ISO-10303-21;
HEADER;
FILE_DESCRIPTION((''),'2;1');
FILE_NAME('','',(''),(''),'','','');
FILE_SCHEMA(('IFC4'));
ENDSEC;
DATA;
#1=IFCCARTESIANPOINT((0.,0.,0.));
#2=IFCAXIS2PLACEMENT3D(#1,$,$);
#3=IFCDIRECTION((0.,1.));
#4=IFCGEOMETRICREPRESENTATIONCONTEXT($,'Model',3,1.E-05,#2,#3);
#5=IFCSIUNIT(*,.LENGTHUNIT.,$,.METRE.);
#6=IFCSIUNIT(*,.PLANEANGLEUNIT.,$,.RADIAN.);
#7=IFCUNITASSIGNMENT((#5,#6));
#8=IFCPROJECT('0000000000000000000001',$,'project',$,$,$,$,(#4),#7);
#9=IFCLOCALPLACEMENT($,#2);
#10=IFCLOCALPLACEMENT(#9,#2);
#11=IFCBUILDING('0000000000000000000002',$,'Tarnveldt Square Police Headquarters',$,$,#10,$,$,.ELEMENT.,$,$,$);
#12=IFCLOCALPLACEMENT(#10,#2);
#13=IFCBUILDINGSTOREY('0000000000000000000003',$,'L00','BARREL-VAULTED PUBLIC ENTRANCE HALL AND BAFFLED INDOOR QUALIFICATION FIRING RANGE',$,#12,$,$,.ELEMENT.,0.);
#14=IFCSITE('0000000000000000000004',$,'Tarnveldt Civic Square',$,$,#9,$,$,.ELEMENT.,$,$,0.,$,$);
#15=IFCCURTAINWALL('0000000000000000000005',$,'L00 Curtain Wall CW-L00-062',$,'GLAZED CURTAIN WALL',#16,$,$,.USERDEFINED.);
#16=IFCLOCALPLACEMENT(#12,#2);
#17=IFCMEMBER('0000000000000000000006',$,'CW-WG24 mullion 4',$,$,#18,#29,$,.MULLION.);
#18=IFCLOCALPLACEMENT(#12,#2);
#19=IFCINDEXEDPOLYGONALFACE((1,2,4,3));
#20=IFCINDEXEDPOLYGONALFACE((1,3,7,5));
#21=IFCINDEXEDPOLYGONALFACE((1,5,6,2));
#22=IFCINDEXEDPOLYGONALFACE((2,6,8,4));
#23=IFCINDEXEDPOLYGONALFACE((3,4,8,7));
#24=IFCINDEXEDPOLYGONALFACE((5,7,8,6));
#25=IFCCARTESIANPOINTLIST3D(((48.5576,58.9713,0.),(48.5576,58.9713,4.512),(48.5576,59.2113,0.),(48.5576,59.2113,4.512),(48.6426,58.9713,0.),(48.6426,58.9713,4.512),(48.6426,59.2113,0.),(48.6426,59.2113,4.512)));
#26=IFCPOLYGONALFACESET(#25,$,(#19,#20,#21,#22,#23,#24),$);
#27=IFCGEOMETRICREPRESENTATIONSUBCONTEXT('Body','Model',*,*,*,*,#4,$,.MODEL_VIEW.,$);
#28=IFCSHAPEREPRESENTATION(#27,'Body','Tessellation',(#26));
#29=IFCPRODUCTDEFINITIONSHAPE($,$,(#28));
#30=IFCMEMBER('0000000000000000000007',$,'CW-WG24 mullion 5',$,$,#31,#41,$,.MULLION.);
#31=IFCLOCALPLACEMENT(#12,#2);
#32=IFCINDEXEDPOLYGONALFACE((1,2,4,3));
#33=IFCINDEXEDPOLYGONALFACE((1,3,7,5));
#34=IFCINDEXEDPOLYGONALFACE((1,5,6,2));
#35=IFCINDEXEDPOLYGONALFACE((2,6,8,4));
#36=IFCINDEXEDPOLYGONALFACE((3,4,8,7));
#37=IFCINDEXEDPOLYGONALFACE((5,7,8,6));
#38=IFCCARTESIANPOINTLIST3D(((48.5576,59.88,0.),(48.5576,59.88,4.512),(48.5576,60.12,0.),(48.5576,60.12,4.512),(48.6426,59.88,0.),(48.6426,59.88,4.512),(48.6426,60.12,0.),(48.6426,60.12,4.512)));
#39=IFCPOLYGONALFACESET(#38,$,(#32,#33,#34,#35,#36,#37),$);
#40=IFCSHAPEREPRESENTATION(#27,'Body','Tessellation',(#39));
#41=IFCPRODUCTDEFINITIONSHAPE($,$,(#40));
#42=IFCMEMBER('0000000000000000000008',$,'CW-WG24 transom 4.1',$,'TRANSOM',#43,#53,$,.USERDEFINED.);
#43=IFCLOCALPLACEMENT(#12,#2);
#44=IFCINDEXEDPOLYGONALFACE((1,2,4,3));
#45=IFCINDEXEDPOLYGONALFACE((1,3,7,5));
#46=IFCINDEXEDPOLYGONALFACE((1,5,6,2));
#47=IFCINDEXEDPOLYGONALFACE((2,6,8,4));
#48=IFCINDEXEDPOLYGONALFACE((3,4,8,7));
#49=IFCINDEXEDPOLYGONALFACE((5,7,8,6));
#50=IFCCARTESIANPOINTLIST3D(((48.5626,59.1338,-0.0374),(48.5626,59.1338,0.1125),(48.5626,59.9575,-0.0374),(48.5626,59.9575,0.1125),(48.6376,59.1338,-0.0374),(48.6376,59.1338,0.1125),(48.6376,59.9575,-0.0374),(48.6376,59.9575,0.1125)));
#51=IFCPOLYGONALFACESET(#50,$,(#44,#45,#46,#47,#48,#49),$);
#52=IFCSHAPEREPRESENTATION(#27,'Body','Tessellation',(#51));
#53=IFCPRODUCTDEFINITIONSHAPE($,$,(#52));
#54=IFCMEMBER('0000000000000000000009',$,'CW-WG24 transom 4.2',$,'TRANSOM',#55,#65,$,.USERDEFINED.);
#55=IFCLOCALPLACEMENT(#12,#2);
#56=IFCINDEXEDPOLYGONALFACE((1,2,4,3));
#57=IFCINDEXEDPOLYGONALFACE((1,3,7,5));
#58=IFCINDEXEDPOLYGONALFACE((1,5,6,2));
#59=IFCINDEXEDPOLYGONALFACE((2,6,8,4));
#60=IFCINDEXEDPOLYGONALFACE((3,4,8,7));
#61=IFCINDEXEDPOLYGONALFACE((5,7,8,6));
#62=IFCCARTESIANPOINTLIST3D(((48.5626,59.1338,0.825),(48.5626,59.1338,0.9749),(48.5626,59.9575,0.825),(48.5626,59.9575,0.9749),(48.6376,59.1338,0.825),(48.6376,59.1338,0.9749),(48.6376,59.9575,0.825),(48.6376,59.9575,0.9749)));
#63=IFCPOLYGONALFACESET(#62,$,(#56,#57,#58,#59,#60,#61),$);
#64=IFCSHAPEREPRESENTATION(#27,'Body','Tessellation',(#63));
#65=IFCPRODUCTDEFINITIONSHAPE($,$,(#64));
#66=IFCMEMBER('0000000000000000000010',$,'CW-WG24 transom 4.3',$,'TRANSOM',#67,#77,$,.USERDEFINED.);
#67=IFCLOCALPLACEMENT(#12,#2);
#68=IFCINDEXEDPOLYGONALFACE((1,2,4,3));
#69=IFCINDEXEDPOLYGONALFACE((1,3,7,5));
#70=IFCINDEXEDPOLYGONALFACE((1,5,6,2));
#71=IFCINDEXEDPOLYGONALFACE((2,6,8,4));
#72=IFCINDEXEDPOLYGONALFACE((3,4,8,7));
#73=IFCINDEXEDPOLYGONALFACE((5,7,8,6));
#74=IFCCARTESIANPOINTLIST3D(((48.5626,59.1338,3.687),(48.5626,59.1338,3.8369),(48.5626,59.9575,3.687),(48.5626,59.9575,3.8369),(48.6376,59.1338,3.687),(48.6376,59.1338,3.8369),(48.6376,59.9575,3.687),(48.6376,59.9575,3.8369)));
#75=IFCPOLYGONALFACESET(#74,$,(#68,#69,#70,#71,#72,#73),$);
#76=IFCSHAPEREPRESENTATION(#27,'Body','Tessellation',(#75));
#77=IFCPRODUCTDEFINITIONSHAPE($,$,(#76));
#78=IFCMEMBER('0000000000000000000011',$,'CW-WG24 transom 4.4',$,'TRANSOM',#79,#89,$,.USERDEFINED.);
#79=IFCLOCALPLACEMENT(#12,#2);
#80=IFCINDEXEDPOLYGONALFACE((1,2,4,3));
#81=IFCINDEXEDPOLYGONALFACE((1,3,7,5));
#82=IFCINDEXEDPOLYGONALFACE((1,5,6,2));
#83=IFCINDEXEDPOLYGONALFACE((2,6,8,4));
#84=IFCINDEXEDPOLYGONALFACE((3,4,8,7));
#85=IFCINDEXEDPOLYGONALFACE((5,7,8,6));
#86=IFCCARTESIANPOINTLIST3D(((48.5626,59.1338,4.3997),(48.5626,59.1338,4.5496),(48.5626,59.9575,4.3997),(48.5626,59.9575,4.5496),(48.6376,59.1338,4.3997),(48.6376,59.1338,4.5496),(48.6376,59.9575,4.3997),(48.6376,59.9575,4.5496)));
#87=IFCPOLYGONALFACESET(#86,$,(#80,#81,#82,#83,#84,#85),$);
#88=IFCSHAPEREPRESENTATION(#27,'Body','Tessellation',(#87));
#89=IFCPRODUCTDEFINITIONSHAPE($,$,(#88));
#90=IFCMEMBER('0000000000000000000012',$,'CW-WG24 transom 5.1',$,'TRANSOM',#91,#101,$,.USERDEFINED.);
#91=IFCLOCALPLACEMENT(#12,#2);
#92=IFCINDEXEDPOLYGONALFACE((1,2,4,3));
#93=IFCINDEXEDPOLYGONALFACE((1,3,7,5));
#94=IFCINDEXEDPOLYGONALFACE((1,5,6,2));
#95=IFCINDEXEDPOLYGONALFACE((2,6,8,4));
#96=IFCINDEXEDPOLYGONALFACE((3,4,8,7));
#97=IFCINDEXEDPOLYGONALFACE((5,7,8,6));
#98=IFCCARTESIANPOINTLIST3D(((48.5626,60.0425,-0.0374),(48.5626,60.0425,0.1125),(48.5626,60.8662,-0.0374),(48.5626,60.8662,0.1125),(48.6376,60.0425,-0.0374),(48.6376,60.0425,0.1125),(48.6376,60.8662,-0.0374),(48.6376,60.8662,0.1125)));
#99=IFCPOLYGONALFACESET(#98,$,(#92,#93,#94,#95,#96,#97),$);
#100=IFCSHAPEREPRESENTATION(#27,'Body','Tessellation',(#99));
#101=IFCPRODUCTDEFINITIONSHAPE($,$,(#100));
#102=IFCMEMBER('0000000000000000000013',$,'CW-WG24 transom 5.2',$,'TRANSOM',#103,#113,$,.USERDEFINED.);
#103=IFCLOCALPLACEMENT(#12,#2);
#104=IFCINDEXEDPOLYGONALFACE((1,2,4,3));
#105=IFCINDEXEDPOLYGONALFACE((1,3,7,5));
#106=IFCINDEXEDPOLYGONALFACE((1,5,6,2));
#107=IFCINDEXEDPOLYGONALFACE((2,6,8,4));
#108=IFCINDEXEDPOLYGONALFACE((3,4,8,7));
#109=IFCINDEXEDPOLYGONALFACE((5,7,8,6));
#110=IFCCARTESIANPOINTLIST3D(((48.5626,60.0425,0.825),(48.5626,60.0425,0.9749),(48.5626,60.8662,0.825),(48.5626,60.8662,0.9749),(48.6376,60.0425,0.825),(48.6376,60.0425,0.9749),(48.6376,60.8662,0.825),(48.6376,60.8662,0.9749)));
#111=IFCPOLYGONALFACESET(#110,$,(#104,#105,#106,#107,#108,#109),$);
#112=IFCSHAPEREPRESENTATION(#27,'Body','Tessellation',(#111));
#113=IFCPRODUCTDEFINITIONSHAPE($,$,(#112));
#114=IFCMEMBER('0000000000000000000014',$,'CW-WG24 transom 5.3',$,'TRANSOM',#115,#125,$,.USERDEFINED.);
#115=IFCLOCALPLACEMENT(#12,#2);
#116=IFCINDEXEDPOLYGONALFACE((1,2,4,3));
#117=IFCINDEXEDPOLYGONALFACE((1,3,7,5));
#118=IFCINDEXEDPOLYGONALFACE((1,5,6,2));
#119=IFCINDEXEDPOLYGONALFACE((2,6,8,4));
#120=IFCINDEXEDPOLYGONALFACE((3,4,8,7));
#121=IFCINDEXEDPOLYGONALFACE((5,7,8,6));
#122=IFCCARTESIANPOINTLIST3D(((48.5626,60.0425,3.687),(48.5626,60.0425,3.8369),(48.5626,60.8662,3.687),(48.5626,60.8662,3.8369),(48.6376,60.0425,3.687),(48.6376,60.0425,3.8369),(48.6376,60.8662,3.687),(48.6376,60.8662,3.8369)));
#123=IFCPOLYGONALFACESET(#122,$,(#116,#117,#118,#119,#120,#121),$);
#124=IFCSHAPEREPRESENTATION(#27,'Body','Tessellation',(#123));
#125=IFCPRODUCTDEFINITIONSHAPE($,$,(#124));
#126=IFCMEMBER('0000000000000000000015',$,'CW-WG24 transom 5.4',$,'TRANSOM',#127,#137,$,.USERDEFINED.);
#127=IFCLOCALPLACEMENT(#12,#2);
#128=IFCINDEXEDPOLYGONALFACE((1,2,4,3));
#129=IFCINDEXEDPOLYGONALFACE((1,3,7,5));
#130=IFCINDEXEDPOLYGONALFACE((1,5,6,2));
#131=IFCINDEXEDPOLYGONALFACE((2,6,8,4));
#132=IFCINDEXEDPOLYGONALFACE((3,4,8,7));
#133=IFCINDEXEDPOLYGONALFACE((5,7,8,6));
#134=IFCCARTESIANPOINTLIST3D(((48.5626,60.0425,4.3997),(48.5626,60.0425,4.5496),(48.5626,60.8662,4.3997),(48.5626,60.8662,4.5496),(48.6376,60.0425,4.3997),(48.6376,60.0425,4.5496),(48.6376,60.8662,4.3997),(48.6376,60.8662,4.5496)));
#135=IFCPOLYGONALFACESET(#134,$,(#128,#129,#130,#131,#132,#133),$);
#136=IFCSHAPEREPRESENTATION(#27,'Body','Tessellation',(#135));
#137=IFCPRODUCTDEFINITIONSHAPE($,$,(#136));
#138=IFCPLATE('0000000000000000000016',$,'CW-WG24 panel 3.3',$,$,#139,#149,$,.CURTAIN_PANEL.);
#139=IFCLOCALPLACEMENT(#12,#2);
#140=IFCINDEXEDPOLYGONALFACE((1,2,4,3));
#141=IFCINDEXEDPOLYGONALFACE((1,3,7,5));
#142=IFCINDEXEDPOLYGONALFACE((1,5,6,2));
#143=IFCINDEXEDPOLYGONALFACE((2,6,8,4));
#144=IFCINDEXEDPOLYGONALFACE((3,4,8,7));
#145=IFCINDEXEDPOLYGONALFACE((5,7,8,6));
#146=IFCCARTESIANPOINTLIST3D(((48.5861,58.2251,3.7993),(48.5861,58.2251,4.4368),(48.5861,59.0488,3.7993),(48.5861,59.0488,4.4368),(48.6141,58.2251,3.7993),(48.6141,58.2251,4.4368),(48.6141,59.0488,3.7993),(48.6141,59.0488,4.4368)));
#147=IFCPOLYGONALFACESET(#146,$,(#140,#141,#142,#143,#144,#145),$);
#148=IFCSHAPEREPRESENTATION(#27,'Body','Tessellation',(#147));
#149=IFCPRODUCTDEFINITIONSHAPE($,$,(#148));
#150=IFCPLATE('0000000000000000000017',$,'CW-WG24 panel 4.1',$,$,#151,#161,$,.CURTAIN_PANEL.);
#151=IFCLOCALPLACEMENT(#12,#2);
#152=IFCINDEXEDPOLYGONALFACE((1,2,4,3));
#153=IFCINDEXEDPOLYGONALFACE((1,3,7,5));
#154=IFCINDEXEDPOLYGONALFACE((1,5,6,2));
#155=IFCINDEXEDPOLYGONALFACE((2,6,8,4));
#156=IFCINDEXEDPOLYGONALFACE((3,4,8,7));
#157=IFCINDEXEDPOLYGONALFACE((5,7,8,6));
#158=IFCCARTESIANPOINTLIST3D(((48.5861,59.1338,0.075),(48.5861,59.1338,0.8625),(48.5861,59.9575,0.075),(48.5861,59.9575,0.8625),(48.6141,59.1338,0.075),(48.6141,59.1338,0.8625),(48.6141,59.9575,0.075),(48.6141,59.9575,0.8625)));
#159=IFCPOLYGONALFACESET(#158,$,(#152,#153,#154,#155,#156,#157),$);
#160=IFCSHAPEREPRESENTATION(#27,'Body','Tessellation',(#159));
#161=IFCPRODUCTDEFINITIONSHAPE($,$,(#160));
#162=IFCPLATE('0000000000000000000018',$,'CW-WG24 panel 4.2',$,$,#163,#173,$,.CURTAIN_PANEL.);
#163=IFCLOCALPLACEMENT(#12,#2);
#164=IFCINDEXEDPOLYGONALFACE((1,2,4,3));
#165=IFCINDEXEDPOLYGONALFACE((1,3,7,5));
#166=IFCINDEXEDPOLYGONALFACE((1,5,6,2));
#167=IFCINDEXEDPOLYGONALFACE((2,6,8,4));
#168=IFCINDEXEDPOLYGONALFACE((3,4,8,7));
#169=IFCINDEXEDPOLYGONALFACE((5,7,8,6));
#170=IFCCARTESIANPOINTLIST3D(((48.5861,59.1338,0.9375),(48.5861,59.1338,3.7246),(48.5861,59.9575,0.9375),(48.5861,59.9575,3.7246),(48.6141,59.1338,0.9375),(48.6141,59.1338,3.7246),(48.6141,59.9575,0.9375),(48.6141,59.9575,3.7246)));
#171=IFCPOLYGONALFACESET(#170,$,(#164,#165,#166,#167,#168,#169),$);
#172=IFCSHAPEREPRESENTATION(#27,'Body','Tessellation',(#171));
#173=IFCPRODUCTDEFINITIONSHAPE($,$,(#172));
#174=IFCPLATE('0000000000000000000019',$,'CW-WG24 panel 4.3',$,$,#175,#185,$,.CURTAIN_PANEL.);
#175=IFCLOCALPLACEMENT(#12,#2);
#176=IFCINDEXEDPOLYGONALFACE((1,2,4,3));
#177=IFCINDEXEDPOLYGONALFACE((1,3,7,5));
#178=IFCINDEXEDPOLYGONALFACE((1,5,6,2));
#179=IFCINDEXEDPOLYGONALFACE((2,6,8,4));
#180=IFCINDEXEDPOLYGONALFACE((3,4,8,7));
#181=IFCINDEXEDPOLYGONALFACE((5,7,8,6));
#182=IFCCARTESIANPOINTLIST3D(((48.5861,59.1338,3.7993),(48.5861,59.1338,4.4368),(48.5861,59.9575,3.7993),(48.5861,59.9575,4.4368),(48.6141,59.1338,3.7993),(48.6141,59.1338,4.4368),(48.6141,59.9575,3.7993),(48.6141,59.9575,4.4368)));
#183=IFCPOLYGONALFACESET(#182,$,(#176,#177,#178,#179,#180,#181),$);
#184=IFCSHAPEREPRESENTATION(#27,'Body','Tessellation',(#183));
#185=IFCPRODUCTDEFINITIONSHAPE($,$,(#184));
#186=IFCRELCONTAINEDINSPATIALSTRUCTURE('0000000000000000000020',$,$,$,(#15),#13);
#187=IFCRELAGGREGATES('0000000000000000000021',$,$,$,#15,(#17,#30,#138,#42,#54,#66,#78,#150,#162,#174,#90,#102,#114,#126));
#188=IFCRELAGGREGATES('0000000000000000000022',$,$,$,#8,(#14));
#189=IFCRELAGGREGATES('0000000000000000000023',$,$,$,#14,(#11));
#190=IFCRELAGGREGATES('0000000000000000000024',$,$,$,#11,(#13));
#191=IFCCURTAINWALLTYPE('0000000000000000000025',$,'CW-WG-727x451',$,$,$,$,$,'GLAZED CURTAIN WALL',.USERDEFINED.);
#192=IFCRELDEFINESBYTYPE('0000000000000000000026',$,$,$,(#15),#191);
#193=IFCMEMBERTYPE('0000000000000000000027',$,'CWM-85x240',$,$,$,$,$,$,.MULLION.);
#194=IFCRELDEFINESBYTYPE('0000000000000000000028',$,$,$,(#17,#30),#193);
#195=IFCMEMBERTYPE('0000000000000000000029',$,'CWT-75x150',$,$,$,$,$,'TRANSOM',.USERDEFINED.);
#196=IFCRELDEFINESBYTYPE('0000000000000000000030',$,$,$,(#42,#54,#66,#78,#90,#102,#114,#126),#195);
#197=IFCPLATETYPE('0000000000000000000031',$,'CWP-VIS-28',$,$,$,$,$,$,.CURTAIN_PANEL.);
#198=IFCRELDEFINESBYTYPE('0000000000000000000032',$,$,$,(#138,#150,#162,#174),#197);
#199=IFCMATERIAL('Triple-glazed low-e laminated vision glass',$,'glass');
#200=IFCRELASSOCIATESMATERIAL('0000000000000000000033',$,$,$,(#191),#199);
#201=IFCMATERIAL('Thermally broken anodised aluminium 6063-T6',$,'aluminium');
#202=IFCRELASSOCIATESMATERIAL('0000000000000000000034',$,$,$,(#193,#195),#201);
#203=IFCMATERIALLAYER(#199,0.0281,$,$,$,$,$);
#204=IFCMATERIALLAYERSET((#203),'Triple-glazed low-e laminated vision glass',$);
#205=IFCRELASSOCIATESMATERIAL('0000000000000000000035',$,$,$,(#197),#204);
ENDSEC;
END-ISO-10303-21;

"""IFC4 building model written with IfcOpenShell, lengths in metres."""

from ifc_helpers import new_model, si_unit, direction, frame, origin, origin_2d, place, context, subcontext, project, spatial, rectangle, extrude, material, layer, layer_set, material_profile, profile_set, type_object, element, aggregate, save


model = new_model("IFC4")

# Units and contexts
model_context = context("Model", 3, precision=1e-05, world=origin(), true_north=direction((0.0, 1.0)))
body_context = subcontext(model_context, "Body", "Model", "MODEL_VIEW")
ifc_project = project(units=[si_unit("LENGTHUNIT", "METRE"), si_unit("PLANEANGLEUNIT", "RADIAN")], contexts=[model_context])

# Site, building, storey
site_placement = place(None, origin())
site = spatial("IfcSite", under=ifc_project, at=site_placement, Name="Tarnveldt Civic Square", CompositionType="ELEMENT", RefElevation=0.0)
building_placement = place(site_placement, origin())
building = spatial("IfcBuilding", under=site, at=building_placement, Name="Tarnveldt Square Police Headquarters", CompositionType="ELEMENT")
storey_placement = place(building_placement, origin())
storey = spatial("IfcBuildingStorey", under=building, at=storey_placement, Name="L00", Description="BARREL-VAULTED PUBLIC ENTRANCE HALL AND BAFFLED INDOOR QUALIFICATION FIRING RANGE", CompositionType="ELEMENT", Elevation=0.0)

# Curtain wall, members, plates
ifc_material_1 = material(Name="Triple-glazed low-e laminated vision glass", Category="glass")
curtain_wall_type = type_object("IfcCurtainWallType", Name="CW-WG-727x451", ElementType="GLAZED CURTAIN WALL", PredefinedType="USERDEFINED", material=ifc_material_1)
curtain_wall_placement = place(storey_placement, origin())
curtain_wall = element("IfcCurtainWall", 1, at=curtain_wall_placement, inside=storey, type_object=curtain_wall_type, Name="L00 Curtain Wall CW-L00-062", ObjectType="GLAZED CURTAIN WALL", PredefinedType="USERDEFINED")
ifc_material_2 = material(Name="Thermally broken anodised aluminium 6063-T6", Category="aluminium")
ifc_material_profile_1 = material_profile(ifc_material_2, rectangle(XDim=0.085, YDim=0.24, at=origin_2d()), Name="CW-M85x240")
ifc_profile_set_1 = profile_set([ifc_material_profile_1], Name="Thermally broken anodised aluminium 6063-T6")
member_type_1 = type_object("IfcMemberType", Name="CWM-85x240", PredefinedType="MULLION", material=ifc_profile_set_1)
member_1_placement = place(storey_placement, frame((48.6001, 59.0913, 0.0), z_axis=(0.0, 0.0, 1.0), x_axis=(-1.0, 0.0, 0.0)))
member_1 = element("IfcMember", 2, at=member_1_placement, type_object=member_type_1, Name="CW-WG24 mullion 4", PredefinedType="MULLION", context=body_context, shape_type="SweptSolid", body=[
    extrude(rectangle(XDim=0.085, YDim=0.24, at=origin_2d()), origin(), (0.0, 0.0, 1.0), 4.512),
])
member_2_placement = place(storey_placement, frame((48.6001, 60.0, 0.0), z_axis=(0.0, 0.0, 1.0), x_axis=(-1.0, 0.0, 0.0)))
member_2 = element("IfcMember", 3, at=member_2_placement, type_object=member_type_1, Name="CW-WG24 mullion 5", PredefinedType="MULLION", context=body_context, shape_type="SweptSolid", body=[
    extrude(rectangle(XDim=0.085, YDim=0.24, at=origin_2d()), origin(), (0.0, 0.0, 1.0), 4.512),
])
ifc_material_profile_2 = material_profile(ifc_material_2, rectangle(XDim=0.075, YDim=0.1499, at=origin_2d()), Name="CW-T75x150")
ifc_profile_set_2 = profile_set([ifc_material_profile_2], Name="Thermally broken anodised aluminium 6063-T6")
member_type_2 = type_object("IfcMemberType", Name="CWT-75x150", ElementType="TRANSOM", PredefinedType="USERDEFINED", material=ifc_profile_set_2)
member_3_placement = place(storey_placement, frame((48.6001, 59.1338, 0.0376), z_axis=(0.0, 1.0, 0.0), x_axis=(-1.0, 0.0, 0.0)))
member_3 = element("IfcMember", 4, at=member_3_placement, type_object=member_type_2, Name="CW-WG24 transom 4.1", ObjectType="TRANSOM", PredefinedType="USERDEFINED", context=body_context, shape_type="SweptSolid", body=[
    extrude(rectangle(XDim=0.075, YDim=0.1499, at=origin_2d()), origin(), (0.0, 0.0, 1.0), 0.8237),
])
member_4_placement = place(storey_placement, frame((48.6001, 59.1338, 0.8999), z_axis=(0.0, 1.0, 0.0), x_axis=(-1.0, 0.0, 0.0)))
member_4 = element("IfcMember", 5, at=member_4_placement, type_object=member_type_2, Name="CW-WG24 transom 4.2", ObjectType="TRANSOM", PredefinedType="USERDEFINED", context=body_context, shape_type="SweptSolid", body=[
    extrude(rectangle(XDim=0.075, YDim=0.1499, at=origin_2d()), origin(), (0.0, 0.0, 1.0), 0.8237),
])
member_5_placement = place(storey_placement, frame((48.6001, 59.1338, 3.762), z_axis=(0.0, 1.0, 0.0), x_axis=(-1.0, 0.0, 0.0)))
member_5 = element("IfcMember", 6, at=member_5_placement, type_object=member_type_2, Name="CW-WG24 transom 4.3", ObjectType="TRANSOM", PredefinedType="USERDEFINED", context=body_context, shape_type="SweptSolid", body=[
    extrude(rectangle(XDim=0.075, YDim=0.1499, at=origin_2d()), origin(), (0.0, 0.0, 1.0), 0.8237),
])
member_6_placement = place(storey_placement, frame((48.6001, 59.1338, 4.4746), z_axis=(0.0, 1.0, 0.0), x_axis=(-1.0, 0.0, 0.0)))
member_6 = element("IfcMember", 7, at=member_6_placement, type_object=member_type_2, Name="CW-WG24 transom 4.4", ObjectType="TRANSOM", PredefinedType="USERDEFINED", context=body_context, shape_type="SweptSolid", body=[
    extrude(rectangle(XDim=0.075, YDim=0.1499, at=origin_2d()), origin(), (0.0, 0.0, 1.0), 0.8237),
])
member_7_placement = place(storey_placement, frame((48.6001, 60.0425, 0.0376), z_axis=(0.0, 1.0, 0.0), x_axis=(-1.0, 0.0, 0.0)))
member_7 = element("IfcMember", 8, at=member_7_placement, type_object=member_type_2, Name="CW-WG24 transom 5.1", ObjectType="TRANSOM", PredefinedType="USERDEFINED", context=body_context, shape_type="SweptSolid", body=[
    extrude(rectangle(XDim=0.075, YDim=0.1499, at=origin_2d()), origin(), (0.0, 0.0, 1.0), 0.8237),
])
member_8_placement = place(storey_placement, frame((48.6001, 60.0425, 0.8999), z_axis=(0.0, 1.0, 0.0), x_axis=(-1.0, 0.0, 0.0)))
member_8 = element("IfcMember", 9, at=member_8_placement, type_object=member_type_2, Name="CW-WG24 transom 5.2", ObjectType="TRANSOM", PredefinedType="USERDEFINED", context=body_context, shape_type="SweptSolid", body=[
    extrude(rectangle(XDim=0.075, YDim=0.1499, at=origin_2d()), origin(), (0.0, 0.0, 1.0), 0.8237),
])
member_9_placement = place(storey_placement, frame((48.6001, 60.0425, 3.762), z_axis=(0.0, 1.0, 0.0), x_axis=(-1.0, 0.0, 0.0)))
member_9 = element("IfcMember", 10, at=member_9_placement, type_object=member_type_2, Name="CW-WG24 transom 5.3", ObjectType="TRANSOM", PredefinedType="USERDEFINED", context=body_context, shape_type="SweptSolid", body=[
    extrude(rectangle(XDim=0.075, YDim=0.1499, at=origin_2d()), origin(), (0.0, 0.0, 1.0), 0.8237),
])
member_10_placement = place(storey_placement, frame((48.6001, 60.0425, 4.4746), z_axis=(0.0, 1.0, 0.0), x_axis=(-1.0, 0.0, 0.0)))
member_10 = element("IfcMember", 11, at=member_10_placement, type_object=member_type_2, Name="CW-WG24 transom 5.4", ObjectType="TRANSOM", PredefinedType="USERDEFINED", context=body_context, shape_type="SweptSolid", body=[
    extrude(rectangle(XDim=0.075, YDim=0.1499, at=origin_2d()), origin(), (0.0, 0.0, 1.0), 0.8237),
])
ifc_layer = layer(ifc_material_1, 0.0281)
ifc_layer_set = layer_set([ifc_layer], Name="Triple-glazed low-e laminated vision glass")
plate_type = type_object("IfcPlateType", Name="CWP-VIS-28", PredefinedType="CURTAIN_PANEL", material=ifc_layer_set)
plate_1_placement = place(storey_placement, frame((48.6001, 58.637, 3.7993), z_axis=(0.0, 0.0, 1.0), x_axis=(0.0, 1.0, 0.0)))
plate_1 = element("IfcPlate", 12, at=plate_1_placement, type_object=plate_type, Name="CW-WG24 panel 3.3", PredefinedType="CURTAIN_PANEL", context=body_context, shape_type="SweptSolid", body=[
    extrude(rectangle(XDim=0.8237, YDim=0.0281, at=origin_2d()), origin(), (0.0, 0.0, 1.0), 0.6375),
])
plate_2_placement = place(storey_placement, frame((48.6001, 59.5457, 0.075), z_axis=(0.0, 0.0, 1.0), x_axis=(0.0, 1.0, 0.0)))
plate_2 = element("IfcPlate", 13, at=plate_2_placement, type_object=plate_type, Name="CW-WG24 panel 4.1", PredefinedType="CURTAIN_PANEL", context=body_context, shape_type="SweptSolid", body=[
    extrude(rectangle(XDim=0.8237, YDim=0.0281, at=origin_2d()), origin(), (0.0, 0.0, 1.0), 0.7876),
])
plate_3_placement = place(storey_placement, frame((48.6001, 59.5457, 0.9375), z_axis=(0.0, 0.0, 1.0), x_axis=(0.0, 1.0, 0.0)))
plate_3 = element("IfcPlate", 14, at=plate_3_placement, type_object=plate_type, Name="CW-WG24 panel 4.2", PredefinedType="CURTAIN_PANEL", context=body_context, shape_type="SweptSolid", body=[
    extrude(rectangle(XDim=0.8237, YDim=0.0281, at=origin_2d()), origin(), (0.0, 0.0, 1.0), 2.7871),
])
plate_4_placement = place(storey_placement, frame((48.6001, 59.5457, 3.7993), z_axis=(0.0, 0.0, 1.0), x_axis=(0.0, 1.0, 0.0)))
plate_4 = element("IfcPlate", 15, at=plate_4_placement, type_object=plate_type, Name="CW-WG24 panel 4.3", PredefinedType="CURTAIN_PANEL", context=body_context, shape_type="SweptSolid", body=[
    extrude(rectangle(XDim=0.8237, YDim=0.0281, at=origin_2d()), origin(), (0.0, 0.0, 1.0), 0.6375),
])
aggregate(curtain_wall, [member_1, member_2, plate_1, member_3, member_4, member_5, member_6, plate_2, plate_3, plate_4, member_7, member_8, member_9, member_10])

save(model, "model.ifc")
